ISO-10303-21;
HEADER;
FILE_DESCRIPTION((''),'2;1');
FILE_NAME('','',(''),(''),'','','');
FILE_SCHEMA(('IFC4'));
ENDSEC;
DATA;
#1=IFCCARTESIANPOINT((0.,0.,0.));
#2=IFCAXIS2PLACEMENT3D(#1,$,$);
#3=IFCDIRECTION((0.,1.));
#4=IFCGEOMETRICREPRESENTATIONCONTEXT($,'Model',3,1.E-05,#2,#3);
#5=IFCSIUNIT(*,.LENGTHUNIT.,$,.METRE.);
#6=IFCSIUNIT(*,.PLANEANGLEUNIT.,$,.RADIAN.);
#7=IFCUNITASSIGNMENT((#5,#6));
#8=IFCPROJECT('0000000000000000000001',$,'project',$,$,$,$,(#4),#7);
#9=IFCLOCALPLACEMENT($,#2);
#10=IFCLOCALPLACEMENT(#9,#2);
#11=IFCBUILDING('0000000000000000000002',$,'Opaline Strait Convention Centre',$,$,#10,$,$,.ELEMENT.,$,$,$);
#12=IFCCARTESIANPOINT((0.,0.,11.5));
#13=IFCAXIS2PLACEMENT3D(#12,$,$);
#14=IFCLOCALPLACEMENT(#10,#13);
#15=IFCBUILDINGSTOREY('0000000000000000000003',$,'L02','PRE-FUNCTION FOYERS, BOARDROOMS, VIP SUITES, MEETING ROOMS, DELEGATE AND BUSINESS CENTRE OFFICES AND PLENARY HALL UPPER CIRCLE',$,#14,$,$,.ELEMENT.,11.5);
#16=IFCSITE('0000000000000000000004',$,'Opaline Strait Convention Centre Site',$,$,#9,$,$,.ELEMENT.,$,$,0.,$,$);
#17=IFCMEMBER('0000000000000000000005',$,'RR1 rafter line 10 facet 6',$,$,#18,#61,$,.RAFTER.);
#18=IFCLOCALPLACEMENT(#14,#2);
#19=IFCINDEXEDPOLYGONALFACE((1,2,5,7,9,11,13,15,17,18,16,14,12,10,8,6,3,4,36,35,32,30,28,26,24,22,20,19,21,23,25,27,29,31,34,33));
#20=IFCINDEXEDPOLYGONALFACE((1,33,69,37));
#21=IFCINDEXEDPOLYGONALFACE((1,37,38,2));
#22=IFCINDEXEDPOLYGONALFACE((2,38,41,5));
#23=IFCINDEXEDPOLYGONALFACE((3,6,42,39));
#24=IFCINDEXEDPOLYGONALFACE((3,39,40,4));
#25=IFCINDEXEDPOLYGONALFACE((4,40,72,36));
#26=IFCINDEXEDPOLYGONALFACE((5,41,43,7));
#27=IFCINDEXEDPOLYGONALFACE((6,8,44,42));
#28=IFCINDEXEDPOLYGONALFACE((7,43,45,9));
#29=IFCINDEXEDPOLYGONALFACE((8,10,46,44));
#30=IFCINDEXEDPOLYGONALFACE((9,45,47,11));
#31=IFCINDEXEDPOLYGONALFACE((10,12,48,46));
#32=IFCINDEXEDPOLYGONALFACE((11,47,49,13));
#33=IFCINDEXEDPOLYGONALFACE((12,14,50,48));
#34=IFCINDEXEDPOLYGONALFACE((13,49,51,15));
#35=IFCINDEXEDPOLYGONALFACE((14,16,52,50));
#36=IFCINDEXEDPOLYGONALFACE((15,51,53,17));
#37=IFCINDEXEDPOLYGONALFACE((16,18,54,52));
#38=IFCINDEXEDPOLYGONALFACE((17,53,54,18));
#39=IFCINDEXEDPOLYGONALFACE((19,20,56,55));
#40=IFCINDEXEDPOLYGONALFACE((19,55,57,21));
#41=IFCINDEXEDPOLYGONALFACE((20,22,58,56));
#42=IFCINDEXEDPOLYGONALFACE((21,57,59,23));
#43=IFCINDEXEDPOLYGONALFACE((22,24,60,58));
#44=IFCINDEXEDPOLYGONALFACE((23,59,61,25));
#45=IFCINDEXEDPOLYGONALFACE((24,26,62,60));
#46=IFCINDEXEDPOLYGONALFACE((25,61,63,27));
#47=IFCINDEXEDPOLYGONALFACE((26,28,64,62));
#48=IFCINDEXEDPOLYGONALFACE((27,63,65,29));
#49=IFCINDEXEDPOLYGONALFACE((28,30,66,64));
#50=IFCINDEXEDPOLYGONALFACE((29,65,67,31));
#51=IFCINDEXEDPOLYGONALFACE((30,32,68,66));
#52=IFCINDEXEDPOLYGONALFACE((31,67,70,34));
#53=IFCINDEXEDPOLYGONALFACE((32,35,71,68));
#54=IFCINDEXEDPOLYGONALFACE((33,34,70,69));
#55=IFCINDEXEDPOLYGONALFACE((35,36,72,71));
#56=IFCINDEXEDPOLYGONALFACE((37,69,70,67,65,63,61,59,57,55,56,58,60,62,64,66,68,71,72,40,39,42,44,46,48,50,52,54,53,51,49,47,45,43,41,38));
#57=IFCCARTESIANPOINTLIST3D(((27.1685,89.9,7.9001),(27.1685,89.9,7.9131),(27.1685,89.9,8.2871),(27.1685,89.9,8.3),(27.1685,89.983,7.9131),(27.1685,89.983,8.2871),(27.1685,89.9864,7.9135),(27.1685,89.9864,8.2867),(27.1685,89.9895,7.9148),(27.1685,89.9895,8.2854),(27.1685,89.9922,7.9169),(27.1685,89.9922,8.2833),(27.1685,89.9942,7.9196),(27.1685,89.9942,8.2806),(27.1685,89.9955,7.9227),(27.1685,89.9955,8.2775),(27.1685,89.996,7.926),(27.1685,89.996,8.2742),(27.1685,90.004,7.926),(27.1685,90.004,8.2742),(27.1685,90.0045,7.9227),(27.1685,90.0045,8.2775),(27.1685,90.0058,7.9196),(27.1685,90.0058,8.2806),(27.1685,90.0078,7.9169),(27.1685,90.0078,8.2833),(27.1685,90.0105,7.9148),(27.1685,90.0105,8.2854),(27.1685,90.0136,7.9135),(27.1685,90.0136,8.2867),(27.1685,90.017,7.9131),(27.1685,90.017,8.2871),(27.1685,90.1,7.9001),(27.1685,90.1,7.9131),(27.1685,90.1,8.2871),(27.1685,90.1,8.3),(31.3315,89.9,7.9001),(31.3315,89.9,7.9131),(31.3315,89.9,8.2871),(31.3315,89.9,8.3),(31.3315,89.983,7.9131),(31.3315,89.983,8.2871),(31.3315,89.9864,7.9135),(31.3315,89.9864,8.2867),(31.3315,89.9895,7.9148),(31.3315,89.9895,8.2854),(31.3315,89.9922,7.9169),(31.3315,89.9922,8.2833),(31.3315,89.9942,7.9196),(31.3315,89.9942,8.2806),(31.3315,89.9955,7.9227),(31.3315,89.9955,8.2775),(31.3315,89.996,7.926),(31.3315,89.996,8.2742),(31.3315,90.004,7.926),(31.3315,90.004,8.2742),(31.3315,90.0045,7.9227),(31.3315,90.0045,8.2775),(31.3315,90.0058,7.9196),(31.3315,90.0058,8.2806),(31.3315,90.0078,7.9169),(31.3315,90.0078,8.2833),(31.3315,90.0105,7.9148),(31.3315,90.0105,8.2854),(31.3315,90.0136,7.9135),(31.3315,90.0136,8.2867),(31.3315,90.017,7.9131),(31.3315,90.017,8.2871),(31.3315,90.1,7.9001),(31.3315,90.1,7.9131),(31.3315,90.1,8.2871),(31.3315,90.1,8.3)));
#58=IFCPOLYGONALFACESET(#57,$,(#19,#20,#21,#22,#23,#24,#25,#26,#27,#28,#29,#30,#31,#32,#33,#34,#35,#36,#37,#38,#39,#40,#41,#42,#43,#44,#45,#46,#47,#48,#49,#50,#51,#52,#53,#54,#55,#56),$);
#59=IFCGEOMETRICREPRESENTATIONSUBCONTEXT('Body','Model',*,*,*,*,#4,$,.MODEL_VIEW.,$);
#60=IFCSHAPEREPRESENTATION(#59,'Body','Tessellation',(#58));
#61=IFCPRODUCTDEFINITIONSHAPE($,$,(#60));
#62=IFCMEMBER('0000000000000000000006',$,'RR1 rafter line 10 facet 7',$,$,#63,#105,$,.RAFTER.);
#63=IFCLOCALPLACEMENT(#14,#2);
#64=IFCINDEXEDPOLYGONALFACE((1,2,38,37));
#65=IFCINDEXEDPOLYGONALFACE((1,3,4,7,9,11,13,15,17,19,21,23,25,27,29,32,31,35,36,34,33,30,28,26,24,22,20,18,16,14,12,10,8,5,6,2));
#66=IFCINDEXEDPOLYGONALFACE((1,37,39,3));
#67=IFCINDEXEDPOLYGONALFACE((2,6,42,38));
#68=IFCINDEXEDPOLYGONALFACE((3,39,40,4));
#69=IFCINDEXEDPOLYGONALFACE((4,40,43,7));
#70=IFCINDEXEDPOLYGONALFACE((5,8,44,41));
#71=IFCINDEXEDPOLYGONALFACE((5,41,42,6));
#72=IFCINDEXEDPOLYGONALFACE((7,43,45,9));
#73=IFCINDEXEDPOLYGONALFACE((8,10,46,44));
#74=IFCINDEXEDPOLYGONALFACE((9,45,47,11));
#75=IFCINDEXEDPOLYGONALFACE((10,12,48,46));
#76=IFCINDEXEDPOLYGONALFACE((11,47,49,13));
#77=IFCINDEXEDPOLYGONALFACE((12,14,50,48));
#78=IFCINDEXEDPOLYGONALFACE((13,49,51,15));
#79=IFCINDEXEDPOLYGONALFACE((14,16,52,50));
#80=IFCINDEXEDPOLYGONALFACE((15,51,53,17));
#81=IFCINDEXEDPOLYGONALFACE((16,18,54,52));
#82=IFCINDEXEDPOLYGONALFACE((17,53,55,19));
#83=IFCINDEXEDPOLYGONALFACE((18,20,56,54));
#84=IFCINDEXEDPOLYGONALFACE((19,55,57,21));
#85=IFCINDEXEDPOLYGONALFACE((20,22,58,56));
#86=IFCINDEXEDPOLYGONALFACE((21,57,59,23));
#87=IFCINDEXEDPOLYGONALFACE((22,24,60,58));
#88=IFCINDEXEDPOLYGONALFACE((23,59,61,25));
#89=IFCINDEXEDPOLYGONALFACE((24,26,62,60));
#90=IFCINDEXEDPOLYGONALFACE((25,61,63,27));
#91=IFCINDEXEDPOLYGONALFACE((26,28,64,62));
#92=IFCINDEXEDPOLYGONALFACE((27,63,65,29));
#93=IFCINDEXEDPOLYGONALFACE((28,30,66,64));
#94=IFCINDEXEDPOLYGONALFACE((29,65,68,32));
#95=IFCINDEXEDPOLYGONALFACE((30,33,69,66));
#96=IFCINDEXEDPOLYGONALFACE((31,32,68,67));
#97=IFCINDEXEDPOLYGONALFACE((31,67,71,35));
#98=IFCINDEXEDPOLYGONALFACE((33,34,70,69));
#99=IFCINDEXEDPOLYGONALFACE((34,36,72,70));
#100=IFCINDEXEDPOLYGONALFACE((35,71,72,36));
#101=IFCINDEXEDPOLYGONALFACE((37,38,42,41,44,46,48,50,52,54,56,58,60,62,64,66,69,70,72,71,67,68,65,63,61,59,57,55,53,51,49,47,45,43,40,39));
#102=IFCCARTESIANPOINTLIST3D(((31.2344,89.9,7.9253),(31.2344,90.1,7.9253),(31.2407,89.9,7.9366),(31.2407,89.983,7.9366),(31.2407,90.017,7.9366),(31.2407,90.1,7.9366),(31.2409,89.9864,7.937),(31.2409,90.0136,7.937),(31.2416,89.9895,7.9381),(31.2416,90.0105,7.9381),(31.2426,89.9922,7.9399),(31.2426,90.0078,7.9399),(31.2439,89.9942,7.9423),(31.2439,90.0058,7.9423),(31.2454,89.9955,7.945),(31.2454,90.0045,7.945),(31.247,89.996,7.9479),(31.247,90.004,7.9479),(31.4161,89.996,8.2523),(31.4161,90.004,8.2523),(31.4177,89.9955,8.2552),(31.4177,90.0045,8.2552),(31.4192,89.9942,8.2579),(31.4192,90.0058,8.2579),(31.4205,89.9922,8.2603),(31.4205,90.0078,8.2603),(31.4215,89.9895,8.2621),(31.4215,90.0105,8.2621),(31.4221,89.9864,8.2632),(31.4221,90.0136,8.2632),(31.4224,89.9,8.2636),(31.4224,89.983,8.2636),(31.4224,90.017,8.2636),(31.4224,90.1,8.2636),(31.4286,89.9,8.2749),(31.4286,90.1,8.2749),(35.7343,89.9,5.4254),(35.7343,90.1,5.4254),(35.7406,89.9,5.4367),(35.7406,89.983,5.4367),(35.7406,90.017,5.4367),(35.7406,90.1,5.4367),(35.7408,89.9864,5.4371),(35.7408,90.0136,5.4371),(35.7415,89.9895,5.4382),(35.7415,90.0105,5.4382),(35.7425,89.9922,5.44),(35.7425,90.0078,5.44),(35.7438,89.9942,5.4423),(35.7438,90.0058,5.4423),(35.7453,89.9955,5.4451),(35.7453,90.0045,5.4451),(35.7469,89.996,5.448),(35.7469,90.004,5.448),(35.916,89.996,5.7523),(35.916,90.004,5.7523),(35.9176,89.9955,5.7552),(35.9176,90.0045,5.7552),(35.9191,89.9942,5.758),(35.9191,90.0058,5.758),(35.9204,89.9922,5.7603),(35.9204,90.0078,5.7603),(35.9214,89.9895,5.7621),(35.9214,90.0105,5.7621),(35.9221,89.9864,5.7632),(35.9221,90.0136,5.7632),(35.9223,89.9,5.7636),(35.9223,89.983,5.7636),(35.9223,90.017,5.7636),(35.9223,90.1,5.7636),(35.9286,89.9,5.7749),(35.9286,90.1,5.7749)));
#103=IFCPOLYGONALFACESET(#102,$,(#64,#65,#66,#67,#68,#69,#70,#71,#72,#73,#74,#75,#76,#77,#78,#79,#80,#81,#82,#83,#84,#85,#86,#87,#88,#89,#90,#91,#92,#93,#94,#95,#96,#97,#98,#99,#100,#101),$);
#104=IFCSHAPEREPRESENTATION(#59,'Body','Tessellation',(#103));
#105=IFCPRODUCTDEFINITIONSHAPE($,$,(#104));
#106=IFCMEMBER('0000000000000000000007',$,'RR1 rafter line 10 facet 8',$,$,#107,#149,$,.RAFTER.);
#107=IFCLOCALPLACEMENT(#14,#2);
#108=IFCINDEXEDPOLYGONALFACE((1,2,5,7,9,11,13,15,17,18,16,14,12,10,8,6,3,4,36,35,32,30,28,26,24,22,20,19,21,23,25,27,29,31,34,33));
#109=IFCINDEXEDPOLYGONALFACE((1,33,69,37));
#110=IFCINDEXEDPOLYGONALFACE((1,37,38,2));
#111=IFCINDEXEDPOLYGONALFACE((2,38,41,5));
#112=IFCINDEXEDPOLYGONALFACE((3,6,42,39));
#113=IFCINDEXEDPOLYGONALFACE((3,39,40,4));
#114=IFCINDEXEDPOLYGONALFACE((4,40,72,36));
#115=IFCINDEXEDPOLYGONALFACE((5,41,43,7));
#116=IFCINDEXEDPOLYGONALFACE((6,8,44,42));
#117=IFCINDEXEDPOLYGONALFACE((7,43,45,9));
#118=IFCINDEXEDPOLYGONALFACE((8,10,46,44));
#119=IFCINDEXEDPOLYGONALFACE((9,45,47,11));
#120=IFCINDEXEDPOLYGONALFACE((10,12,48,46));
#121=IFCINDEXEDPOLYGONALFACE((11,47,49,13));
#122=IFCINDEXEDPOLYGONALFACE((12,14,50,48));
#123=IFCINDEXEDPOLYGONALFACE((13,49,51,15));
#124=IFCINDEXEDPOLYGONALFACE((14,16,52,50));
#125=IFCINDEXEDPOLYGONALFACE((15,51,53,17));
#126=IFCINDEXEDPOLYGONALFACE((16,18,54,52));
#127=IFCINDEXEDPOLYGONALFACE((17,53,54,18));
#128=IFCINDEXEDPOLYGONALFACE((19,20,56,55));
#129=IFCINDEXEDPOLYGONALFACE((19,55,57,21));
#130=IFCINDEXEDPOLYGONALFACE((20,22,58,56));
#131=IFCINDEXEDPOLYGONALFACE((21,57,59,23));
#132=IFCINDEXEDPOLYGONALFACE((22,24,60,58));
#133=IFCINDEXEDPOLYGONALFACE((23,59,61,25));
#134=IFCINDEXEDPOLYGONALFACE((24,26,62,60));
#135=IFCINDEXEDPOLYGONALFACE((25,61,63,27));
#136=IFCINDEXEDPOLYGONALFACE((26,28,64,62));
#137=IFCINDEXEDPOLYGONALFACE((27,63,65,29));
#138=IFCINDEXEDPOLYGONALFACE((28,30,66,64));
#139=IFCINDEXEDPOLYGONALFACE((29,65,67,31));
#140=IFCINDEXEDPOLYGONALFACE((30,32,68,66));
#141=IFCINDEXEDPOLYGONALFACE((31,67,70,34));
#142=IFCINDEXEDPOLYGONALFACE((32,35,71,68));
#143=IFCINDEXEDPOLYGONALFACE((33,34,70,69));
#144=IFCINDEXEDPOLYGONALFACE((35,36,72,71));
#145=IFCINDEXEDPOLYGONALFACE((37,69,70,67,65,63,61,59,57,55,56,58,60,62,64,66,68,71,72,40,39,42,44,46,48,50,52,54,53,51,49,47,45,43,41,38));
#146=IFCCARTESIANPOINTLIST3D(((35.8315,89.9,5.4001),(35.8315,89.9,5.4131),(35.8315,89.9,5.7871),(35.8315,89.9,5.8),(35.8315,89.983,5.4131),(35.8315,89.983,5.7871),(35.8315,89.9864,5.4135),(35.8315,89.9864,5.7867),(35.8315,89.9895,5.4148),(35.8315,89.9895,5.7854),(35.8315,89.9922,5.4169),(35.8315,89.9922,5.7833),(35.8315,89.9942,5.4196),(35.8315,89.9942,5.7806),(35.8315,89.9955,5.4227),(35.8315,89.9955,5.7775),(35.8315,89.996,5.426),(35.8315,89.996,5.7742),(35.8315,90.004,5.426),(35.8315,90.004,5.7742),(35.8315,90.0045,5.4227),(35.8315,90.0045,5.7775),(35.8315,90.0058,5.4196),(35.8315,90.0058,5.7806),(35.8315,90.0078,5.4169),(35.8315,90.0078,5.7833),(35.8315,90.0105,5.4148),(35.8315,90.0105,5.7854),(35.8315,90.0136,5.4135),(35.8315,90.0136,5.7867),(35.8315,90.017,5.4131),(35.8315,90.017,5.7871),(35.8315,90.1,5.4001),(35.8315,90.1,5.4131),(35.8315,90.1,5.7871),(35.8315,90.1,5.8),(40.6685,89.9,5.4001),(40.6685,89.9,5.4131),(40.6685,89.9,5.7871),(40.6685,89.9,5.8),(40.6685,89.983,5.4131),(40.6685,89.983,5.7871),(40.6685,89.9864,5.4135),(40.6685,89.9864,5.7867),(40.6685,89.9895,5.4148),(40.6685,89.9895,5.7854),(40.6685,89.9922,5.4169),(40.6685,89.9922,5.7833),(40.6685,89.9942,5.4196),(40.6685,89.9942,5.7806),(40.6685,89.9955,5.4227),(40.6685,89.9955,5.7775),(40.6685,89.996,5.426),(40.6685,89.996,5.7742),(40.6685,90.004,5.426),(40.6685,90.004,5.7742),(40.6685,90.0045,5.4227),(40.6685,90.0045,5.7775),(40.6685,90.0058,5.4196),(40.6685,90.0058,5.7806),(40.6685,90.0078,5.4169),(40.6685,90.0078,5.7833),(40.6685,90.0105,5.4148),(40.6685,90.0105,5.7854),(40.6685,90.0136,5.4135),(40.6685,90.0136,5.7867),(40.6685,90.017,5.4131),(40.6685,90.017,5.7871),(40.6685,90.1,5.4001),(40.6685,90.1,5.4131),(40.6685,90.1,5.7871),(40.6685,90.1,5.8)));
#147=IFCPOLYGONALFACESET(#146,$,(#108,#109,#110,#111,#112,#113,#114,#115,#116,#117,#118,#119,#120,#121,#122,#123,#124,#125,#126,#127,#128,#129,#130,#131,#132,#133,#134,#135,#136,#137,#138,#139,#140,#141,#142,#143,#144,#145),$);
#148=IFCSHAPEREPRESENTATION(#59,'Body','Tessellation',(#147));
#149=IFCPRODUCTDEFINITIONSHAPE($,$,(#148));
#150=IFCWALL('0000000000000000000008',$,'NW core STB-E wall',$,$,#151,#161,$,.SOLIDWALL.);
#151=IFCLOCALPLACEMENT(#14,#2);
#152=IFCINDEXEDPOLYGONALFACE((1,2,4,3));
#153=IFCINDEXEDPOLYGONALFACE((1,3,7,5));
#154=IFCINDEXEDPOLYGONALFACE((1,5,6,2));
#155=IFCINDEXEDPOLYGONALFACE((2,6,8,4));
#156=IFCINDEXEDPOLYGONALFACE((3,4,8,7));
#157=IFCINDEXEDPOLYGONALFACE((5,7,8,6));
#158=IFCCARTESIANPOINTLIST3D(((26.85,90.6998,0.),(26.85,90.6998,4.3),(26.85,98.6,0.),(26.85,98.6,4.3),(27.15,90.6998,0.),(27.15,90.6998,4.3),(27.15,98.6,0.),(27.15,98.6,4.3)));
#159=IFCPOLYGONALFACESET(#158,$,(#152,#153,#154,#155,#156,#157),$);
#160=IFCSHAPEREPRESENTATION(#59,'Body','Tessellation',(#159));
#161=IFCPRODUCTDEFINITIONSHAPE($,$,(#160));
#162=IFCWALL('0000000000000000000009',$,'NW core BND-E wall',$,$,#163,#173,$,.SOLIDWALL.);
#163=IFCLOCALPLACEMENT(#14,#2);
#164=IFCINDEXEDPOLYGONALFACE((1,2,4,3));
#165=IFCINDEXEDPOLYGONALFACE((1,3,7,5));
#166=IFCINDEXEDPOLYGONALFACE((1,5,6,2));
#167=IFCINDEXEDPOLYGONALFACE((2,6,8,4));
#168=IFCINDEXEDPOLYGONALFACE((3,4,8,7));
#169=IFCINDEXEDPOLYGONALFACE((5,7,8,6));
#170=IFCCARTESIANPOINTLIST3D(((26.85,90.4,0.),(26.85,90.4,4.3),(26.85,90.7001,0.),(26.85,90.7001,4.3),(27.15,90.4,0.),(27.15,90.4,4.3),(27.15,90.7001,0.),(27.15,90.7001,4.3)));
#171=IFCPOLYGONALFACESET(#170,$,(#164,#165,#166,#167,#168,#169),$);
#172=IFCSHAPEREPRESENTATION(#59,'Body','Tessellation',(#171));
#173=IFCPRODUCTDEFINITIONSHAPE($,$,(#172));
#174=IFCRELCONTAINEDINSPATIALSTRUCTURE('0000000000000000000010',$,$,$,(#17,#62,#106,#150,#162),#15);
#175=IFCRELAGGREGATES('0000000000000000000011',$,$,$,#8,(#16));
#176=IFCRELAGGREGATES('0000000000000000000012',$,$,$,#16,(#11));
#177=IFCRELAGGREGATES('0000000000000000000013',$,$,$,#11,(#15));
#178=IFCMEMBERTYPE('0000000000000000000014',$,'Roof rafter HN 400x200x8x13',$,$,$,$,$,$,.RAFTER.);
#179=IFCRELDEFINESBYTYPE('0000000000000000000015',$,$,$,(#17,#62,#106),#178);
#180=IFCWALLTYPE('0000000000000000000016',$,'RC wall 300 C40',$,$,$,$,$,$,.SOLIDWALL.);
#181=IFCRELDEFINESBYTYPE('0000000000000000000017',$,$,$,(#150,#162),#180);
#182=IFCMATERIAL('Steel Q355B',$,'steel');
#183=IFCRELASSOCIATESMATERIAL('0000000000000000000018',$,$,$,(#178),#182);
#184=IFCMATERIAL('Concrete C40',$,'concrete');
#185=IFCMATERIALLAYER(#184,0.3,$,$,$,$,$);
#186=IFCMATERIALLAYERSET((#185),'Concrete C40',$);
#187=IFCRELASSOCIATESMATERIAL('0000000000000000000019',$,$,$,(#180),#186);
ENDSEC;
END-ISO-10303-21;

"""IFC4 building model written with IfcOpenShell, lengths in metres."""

from ifc_helpers import new_model, si_unit, direction, frame, frame_2d, origin, origin_2d, place, context, subcontext, project, spatial, rectangle, i_section, extrude, material, layer, layer_set, material_profile, profile_set, type_object, element, save


model = new_model("IFC4")

# Units and contexts
model_context = context("Model", 3, precision=1e-05, world=origin(), true_north=direction((0.0, 1.0)))
body_context = subcontext(model_context, "Body", "Model", "MODEL_VIEW")
ifc_project = project(units=[si_unit("LENGTHUNIT", "METRE"), si_unit("PLANEANGLEUNIT", "RADIAN")], contexts=[model_context])

# Site, building, storey
site_placement = place(None, origin())
site = spatial("IfcSite", under=ifc_project, at=site_placement, Name="Opaline Strait Convention Centre Site", CompositionType="ELEMENT", RefElevation=0.0)
building_placement = place(site_placement, origin())
building = spatial("IfcBuilding", under=site, at=building_placement, Name="Opaline Strait Convention Centre", CompositionType="ELEMENT")
storey_placement = place(building_placement, frame((0.0, 0.0, 11.5)))
storey = spatial("IfcBuildingStorey", under=building, at=storey_placement, Name="L02", Description="PRE-FUNCTION FOYERS, BOARDROOMS, VIP SUITES, MEETING ROOMS, DELEGATE AND BUSINESS CENTRE OFFICES AND PLENARY HALL UPPER CIRCLE", CompositionType="ELEMENT", Elevation=11.5)

# Shared definitions
ifc_material_1 = material(Name="Concrete C40", Category="concrete")

# Shared definitions
ifc_material_2 = material(Name="Steel Q355B", Category="steel")

# Members
ifc_material_profile_1 = material_profile(ifc_material_2, i_section(OverallWidth=0.2, OverallDepth=0.3999, WebThickness=0.0081, FlangeThickness=0.0129, FilletRadius=0.0129, at=origin_2d()), Name="HN 400x200x8x13")
ifc_profile_set_1 = profile_set([ifc_material_profile_1], Name="Steel Q355B")
member_type_1 = type_object("IfcMemberType", Name="Roof rafter HN 400x200x8x13", PredefinedType="RAFTER", material=ifc_profile_set_1)
member_1_placement = place(storey_placement, frame((27.1685, 90.0, 8.1001), z_axis=(1.0, 0.0, 0.0), x_axis=(0.0, 1.0, 0.0)))
element("IfcMember", 1, at=member_1_placement, inside=storey, type_object=member_type_1, Name="RR1 rafter line 10 facet 6", PredefinedType="RAFTER", context=body_context, shape_type="SweptSolid", body=[
    extrude(i_section(OverallWidth=0.2, OverallDepth=0.3999, WebThickness=0.0081, FlangeThickness=0.0129, FilletRadius=0.0129, at=origin_2d()), origin(), (0.0, 0.0, 1.0), 4.1631),
])
member_2_placement = place(storey_placement, frame((31.3315, 90.0, 8.1001), z_axis=(0.874157, 0.0, -0.485643), x_axis=(0.0, 1.0, 0.0)))
element("IfcMember", 2, at=member_2_placement, inside=storey, type_object=member_type_1, Name="RR1 rafter line 10 facet 7", PredefinedType="RAFTER", context=body_context, shape_type="SweptSolid", body=[
    extrude(i_section(OverallWidth=0.2, OverallDepth=0.3999, WebThickness=0.0081, FlangeThickness=0.0129, FilletRadius=0.0129, at=origin_2d()), origin(), (0.0, 0.0, 1.0), 5.1477),
])
member_3_placement = place(storey_placement, frame((35.8315, 90.0, 5.6001), z_axis=(1.0, 0.0, 0.0), x_axis=(0.0, 1.0, 0.0)))
element("IfcMember", 3, at=member_3_placement, inside=storey, type_object=member_type_1, Name="RR1 rafter line 10 facet 8", PredefinedType="RAFTER", context=body_context, shape_type="SweptSolid", body=[
    extrude(i_section(OverallWidth=0.2, OverallDepth=0.3999, WebThickness=0.0081, FlangeThickness=0.0129, FilletRadius=0.0129, at=origin_2d()), origin(), (0.0, 0.0, 1.0), 4.8369),
])

# Wall
ifc_layer_1 = layer(ifc_material_1, 0.3)
ifc_layer_set_1 = layer_set([ifc_layer_1], Name="Concrete C40")
wall_type = type_object("IfcWallType", Name="RC wall 300 C40", PredefinedType="SOLIDWALL", material=ifc_layer_set_1)
wall_1_placement = place(storey_placement, frame((27.0, 98.6001, 0.0), z_axis=(0.0, 0.0, 1.0), x_axis=(0.0, -1.0, 0.0)))
element("IfcWall", 4, at=wall_1_placement, inside=storey, type_object=wall_type, Name="NW core STB-E wall", PredefinedType="SOLIDWALL", context=body_context, shape_type="SweptSolid", body=[
    extrude(rectangle(XDim=7.9001, YDim=0.3, at=frame_2d((3.9502, 0.0))), origin(), (0.0, 0.0, 1.0), 4.3),
])

# Wall
wall_2_placement = place(storey_placement, frame((27.0, 90.7, 0.0), z_axis=(0.0, 0.0, 1.0), x_axis=(0.0, -1.0, 0.0)))
element("IfcWall", 5, at=wall_2_placement, inside=storey, type_object=wall_type, Name="NW core BND-E wall", PredefinedType="SOLIDWALL", context=body_context, shape_type="SweptSolid", body=[
    extrude(rectangle(XDim=0.3, YDim=0.3, at=frame_2d((0.1499, 0.0))), origin(), (0.0, 0.0, 1.0), 4.3),
])

save(model, "model.ifc")
